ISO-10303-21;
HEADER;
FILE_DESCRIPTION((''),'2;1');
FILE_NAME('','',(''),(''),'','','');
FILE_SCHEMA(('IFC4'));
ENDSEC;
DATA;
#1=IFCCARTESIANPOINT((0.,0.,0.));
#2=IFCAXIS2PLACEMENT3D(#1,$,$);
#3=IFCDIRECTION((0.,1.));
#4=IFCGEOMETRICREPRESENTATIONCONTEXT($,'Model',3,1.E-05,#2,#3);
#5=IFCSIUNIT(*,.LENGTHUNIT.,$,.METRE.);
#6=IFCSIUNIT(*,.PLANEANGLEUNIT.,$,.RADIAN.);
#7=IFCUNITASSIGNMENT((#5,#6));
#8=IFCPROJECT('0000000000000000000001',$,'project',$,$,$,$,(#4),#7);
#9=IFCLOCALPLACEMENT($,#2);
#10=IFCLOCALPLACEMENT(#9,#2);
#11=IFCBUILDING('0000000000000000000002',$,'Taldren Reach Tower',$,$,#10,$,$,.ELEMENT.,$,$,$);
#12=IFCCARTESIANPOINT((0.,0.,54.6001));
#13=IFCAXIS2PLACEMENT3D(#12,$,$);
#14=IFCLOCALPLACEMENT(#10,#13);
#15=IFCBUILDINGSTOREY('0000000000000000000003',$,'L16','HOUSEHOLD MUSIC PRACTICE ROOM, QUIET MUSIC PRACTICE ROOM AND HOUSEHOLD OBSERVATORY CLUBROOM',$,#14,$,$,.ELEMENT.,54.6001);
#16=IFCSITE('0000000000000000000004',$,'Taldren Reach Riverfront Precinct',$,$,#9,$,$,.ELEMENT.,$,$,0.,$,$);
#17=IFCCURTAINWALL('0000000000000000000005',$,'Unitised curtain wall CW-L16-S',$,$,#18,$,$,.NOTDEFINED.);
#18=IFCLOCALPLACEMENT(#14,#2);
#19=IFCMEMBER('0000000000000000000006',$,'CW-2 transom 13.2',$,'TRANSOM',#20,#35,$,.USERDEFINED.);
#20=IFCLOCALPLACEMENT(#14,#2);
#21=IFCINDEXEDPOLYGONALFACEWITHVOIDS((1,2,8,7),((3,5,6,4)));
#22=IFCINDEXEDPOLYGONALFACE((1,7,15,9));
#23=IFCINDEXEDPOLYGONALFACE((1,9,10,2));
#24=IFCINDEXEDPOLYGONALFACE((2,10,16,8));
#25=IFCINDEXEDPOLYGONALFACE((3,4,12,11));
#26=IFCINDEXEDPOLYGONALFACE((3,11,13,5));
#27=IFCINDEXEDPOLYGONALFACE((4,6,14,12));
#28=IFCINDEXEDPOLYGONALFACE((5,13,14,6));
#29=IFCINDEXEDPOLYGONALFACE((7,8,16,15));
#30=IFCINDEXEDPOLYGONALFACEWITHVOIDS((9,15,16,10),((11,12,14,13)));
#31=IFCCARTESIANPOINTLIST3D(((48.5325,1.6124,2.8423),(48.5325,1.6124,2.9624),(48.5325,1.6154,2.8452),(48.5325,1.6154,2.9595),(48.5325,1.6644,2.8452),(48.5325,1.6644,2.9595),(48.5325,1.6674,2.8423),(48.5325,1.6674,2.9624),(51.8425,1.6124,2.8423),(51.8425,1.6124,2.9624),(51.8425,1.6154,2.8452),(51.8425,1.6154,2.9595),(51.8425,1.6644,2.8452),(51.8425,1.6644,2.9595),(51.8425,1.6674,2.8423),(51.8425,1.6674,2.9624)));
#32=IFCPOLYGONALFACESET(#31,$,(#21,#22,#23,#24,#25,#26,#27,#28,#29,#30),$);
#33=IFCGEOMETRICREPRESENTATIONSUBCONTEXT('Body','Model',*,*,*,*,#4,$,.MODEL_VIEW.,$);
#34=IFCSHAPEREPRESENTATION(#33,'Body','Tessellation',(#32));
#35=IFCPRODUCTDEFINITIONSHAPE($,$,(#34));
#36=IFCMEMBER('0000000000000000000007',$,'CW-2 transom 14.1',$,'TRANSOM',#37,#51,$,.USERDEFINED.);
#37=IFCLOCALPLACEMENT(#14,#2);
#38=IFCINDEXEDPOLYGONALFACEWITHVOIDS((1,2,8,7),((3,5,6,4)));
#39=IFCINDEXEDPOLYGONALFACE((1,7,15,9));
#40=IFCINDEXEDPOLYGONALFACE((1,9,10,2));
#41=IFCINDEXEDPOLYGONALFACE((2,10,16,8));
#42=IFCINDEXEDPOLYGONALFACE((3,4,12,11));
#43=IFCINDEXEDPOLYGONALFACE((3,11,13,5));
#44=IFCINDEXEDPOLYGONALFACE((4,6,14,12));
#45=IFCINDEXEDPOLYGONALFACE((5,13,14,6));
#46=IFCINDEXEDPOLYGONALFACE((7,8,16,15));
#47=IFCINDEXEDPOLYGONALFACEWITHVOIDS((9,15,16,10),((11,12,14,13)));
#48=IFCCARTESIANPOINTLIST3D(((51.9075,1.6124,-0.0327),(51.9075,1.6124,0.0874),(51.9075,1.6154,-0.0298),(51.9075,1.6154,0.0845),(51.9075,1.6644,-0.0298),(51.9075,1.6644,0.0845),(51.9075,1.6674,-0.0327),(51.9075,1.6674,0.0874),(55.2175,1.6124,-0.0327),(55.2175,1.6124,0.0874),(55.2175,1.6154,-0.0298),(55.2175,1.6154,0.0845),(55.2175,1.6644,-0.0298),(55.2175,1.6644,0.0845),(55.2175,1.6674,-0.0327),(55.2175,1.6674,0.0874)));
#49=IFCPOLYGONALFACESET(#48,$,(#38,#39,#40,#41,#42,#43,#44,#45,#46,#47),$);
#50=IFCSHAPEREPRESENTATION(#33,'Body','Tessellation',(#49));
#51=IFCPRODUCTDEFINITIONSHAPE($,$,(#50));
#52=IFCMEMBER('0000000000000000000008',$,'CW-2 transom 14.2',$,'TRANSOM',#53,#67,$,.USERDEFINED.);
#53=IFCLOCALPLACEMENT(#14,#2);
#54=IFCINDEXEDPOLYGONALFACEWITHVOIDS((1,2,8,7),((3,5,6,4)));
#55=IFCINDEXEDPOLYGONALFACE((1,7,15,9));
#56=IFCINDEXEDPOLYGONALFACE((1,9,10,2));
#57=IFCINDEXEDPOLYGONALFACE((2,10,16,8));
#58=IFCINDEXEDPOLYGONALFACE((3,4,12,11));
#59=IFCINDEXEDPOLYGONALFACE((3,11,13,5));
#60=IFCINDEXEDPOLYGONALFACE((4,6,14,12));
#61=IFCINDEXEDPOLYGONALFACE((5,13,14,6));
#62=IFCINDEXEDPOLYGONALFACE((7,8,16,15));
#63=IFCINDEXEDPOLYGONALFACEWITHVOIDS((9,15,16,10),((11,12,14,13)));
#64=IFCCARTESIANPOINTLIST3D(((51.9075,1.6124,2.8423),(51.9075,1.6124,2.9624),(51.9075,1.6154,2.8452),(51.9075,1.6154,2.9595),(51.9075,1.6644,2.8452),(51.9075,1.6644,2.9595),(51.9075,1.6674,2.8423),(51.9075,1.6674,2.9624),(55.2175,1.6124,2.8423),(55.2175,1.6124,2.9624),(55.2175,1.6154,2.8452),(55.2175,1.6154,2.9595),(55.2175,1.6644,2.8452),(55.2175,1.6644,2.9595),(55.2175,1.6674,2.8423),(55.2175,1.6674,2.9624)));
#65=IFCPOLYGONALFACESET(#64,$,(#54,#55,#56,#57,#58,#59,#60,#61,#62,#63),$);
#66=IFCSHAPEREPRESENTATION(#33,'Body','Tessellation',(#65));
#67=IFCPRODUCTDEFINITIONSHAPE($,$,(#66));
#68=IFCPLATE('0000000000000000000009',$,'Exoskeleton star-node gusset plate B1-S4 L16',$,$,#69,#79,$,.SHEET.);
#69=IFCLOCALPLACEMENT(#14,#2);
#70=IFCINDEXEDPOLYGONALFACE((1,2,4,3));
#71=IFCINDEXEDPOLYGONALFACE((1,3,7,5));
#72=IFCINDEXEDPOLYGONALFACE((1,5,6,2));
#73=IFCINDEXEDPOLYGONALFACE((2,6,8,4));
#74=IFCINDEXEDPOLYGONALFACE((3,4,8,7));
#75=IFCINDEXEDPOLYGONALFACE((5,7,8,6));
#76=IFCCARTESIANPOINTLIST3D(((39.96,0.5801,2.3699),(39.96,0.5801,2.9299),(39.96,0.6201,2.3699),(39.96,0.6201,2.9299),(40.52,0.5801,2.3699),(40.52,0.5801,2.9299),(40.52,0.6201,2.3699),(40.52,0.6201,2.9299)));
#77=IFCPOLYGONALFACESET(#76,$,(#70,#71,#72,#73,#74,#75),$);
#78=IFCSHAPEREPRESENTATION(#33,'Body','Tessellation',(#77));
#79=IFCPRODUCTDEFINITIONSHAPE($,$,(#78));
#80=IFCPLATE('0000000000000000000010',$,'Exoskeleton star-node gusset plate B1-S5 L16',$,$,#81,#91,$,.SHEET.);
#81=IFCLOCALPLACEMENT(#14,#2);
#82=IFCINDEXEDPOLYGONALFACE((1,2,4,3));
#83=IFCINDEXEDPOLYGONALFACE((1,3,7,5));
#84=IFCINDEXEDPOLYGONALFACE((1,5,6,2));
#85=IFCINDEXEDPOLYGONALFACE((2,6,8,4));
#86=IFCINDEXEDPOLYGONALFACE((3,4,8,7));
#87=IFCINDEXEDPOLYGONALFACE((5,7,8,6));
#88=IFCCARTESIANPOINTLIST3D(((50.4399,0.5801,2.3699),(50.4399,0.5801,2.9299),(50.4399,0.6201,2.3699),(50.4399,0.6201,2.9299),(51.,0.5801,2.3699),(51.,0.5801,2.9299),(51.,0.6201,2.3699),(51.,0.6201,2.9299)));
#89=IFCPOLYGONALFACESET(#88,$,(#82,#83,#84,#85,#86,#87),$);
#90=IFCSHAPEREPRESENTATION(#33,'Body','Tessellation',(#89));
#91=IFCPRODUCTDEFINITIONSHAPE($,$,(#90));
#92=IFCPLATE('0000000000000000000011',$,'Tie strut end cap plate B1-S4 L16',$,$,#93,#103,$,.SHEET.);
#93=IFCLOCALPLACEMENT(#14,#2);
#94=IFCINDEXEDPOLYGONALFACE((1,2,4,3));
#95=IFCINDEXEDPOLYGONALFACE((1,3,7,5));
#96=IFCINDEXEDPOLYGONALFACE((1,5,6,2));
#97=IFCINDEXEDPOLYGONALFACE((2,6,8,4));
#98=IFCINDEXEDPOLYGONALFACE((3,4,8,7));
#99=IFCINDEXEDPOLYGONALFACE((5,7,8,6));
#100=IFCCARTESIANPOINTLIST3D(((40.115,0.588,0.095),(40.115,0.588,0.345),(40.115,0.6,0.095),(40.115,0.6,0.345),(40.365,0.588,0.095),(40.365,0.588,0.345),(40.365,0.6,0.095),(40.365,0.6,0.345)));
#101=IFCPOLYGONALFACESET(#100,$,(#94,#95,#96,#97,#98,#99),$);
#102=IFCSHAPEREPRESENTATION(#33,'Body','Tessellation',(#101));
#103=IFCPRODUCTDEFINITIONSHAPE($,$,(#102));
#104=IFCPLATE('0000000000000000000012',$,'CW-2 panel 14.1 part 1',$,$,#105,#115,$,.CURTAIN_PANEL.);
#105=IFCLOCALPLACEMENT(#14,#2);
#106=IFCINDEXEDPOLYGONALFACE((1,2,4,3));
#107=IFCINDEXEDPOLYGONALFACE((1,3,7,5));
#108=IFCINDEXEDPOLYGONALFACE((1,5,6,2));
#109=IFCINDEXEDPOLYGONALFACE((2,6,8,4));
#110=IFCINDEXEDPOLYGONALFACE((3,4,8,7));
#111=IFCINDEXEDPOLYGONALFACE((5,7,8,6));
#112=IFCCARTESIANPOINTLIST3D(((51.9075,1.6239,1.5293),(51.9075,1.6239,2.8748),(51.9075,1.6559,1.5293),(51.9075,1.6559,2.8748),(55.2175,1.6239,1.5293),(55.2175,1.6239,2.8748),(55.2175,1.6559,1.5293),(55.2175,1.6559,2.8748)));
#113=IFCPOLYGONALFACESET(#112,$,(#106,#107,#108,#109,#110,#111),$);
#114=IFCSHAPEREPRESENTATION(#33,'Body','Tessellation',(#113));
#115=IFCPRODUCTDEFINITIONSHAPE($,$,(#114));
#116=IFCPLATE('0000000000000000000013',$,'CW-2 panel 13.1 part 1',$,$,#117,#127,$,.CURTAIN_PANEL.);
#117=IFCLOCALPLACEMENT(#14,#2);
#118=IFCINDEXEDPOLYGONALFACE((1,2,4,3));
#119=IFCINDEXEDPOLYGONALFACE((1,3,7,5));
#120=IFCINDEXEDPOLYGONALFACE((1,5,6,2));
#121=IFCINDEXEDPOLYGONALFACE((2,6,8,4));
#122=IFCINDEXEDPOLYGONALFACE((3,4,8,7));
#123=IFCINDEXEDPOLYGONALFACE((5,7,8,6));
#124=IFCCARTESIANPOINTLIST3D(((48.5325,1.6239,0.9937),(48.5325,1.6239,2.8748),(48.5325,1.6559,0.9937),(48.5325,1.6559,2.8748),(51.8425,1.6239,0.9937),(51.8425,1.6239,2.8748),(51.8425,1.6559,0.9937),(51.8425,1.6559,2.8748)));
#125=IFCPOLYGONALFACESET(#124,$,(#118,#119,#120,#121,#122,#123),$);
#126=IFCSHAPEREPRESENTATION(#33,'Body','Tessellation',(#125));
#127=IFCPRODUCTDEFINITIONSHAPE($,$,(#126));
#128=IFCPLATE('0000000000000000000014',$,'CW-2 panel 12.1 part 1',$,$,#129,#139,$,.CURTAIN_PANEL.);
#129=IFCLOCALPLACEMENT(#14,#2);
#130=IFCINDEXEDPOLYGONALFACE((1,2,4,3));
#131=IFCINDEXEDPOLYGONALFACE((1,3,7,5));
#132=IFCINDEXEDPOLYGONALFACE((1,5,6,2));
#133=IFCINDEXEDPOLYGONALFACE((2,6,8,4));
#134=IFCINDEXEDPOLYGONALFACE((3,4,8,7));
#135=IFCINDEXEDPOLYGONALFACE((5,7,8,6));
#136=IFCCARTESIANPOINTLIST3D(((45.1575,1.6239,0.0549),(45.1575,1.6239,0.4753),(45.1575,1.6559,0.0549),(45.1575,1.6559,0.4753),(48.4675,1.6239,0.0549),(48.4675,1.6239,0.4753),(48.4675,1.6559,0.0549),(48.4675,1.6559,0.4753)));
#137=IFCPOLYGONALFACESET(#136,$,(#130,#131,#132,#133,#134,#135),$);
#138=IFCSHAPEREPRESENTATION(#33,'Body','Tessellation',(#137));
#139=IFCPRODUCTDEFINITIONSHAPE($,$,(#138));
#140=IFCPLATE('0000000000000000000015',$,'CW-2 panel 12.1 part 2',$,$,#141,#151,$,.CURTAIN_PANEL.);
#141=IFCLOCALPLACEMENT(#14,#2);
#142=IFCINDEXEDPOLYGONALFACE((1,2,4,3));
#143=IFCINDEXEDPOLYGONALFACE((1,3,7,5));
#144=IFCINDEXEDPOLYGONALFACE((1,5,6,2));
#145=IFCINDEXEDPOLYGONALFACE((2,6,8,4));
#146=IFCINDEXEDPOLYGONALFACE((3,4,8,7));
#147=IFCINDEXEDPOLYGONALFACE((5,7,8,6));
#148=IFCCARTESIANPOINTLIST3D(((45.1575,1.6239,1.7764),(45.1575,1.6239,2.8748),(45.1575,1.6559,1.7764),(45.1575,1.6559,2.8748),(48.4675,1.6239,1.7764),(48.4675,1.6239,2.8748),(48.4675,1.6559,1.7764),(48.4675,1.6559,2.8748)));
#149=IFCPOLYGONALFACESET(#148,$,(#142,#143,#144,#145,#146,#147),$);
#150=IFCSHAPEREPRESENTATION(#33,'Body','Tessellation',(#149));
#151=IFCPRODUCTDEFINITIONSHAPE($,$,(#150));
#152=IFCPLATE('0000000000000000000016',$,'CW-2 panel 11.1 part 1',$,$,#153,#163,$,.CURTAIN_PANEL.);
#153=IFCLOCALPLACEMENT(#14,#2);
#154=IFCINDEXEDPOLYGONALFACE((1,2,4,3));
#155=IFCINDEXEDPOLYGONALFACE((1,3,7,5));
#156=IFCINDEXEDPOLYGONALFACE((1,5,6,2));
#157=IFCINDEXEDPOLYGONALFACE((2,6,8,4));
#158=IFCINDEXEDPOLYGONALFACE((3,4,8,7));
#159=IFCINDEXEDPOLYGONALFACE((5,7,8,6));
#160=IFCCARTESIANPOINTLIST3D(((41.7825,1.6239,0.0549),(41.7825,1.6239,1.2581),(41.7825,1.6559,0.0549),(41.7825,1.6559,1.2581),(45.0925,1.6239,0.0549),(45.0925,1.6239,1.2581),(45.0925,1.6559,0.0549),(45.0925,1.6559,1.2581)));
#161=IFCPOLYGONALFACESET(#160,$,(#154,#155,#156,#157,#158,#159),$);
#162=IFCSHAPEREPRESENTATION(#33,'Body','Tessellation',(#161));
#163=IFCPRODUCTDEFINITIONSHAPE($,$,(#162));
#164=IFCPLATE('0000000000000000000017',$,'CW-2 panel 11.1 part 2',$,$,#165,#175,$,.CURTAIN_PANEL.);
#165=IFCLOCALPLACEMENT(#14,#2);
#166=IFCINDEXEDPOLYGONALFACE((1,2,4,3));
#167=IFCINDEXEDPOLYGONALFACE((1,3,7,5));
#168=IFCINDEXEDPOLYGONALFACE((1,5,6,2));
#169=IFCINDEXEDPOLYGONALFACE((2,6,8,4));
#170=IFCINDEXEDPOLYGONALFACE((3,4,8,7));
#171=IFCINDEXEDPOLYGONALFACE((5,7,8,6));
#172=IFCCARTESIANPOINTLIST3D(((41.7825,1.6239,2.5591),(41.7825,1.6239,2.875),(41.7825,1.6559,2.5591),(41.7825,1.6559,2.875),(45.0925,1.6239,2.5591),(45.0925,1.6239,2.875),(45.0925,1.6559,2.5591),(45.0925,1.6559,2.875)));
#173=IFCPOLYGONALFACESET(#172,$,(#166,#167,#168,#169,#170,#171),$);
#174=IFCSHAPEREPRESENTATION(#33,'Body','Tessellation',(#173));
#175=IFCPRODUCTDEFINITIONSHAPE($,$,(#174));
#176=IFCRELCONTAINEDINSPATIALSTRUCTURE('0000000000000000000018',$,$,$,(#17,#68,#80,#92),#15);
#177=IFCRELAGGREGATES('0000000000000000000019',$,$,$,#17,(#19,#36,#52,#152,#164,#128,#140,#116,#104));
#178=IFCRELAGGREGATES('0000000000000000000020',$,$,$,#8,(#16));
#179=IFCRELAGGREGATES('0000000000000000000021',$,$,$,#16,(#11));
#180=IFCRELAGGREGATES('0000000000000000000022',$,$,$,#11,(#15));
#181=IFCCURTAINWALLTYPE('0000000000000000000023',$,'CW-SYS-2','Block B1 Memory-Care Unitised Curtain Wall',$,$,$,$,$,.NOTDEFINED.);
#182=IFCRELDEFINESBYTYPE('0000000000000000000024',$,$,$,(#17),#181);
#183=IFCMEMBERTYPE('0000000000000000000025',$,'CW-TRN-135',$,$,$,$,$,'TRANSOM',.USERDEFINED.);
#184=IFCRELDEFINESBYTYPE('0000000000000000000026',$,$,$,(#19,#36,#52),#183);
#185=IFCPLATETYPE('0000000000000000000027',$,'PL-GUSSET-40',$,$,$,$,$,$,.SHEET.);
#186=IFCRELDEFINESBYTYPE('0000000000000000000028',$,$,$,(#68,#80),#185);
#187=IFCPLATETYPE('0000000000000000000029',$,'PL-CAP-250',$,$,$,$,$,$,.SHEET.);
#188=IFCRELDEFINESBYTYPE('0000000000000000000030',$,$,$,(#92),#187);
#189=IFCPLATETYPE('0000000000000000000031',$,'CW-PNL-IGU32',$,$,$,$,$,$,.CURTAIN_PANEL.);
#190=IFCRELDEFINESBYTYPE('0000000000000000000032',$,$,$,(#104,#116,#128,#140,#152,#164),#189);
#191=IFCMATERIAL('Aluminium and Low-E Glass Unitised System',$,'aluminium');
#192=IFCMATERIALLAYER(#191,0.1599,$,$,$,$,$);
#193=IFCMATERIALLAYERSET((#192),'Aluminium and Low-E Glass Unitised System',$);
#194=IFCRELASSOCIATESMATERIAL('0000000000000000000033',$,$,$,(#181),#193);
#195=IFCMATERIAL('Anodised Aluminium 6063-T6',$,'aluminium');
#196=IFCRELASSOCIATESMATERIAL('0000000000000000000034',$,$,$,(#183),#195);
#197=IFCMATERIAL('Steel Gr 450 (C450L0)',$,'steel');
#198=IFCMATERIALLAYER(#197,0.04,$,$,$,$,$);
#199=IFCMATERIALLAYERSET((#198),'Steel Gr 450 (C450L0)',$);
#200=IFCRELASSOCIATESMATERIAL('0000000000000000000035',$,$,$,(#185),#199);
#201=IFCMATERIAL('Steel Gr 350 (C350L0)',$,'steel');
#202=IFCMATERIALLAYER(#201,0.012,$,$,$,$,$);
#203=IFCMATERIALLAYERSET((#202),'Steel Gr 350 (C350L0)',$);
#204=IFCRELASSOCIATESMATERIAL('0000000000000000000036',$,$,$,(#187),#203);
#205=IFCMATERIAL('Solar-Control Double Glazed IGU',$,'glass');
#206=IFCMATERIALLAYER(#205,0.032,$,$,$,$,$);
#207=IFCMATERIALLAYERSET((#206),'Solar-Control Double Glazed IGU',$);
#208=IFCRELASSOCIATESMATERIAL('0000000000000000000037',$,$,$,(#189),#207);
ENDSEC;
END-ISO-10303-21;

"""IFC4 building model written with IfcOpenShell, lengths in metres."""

from ifc_helpers import new_model, si_unit, direction, frame, origin, origin_2d, place, context, subcontext, project, spatial, rectangle, hollow_rectangle, extrude, source, transform, mapped, material, layer, layer_set, material_profile, profile_set, type_object, element, aggregate, save


model = new_model("IFC4")

# Units and contexts
model_context = context("Model", 3, precision=1e-05, world=origin(), true_north=direction((0.0, 1.0)))
body_context = subcontext(model_context, "Body", "Model", "MODEL_VIEW")
ifc_project = project(units=[si_unit("LENGTHUNIT", "METRE"), si_unit("PLANEANGLEUNIT", "RADIAN")], contexts=[model_context])

# Site, building, storey
site_placement = place(None, origin())
site = spatial("IfcSite", under=ifc_project, at=site_placement, Name="Taldren Reach Riverfront Precinct", CompositionType="ELEMENT", RefElevation=0.0)
building_placement = place(site_placement, origin())
building = spatial("IfcBuilding", under=site, at=building_placement, Name="Taldren Reach Tower", CompositionType="ELEMENT")
storey_placement = place(building_placement, frame((0.0, 0.0, 54.6001)))
storey = spatial("IfcBuildingStorey", under=building, at=storey_placement, Name="L16", Description="HOUSEHOLD MUSIC PRACTICE ROOM, QUIET MUSIC PRACTICE ROOM AND HOUSEHOLD OBSERVATORY CLUBROOM", CompositionType="ELEMENT", Elevation=54.6001)

# Shared definitions
ifc_material_1 = material(Name="Steel Gr 450 (C450L0)", Category="steel")
ifc_material_2 = material(Name="Steel Gr 350 (C350L0)", Category="steel")

# Curtain wall, members
ifc_material_3 = material(Name="Aluminium and Low-E Glass Unitised System", Category="aluminium")
ifc_layer_1 = layer(ifc_material_3, 0.1599)
ifc_layer_set_1 = layer_set([ifc_layer_1], Name="Aluminium and Low-E Glass Unitised System")
curtain_wall_type = type_object("IfcCurtainWallType", Name="CW-SYS-2", Description="Block B1 Memory-Care Unitised Curtain Wall", PredefinedType="NOTDEFINED", material=ifc_layer_set_1)
curtain_wall_placement = place(storey_placement, origin())
curtain_wall = element("IfcCurtainWall", 1, at=curtain_wall_placement, inside=storey, type_object=curtain_wall_type, Name="Unitised curtain wall CW-L16-S", PredefinedType="NOTDEFINED")
ifc_material_4 = material(Name="Anodised Aluminium 6063-T6", Category="aluminium")
ifc_material_profile_1 = material_profile(ifc_material_4, hollow_rectangle(XDim=0.0549, YDim=0.1201, WallThickness=0.0029, at=origin_2d()), Name="ALU-120x55x3RHS")
ifc_profile_set_1 = profile_set([ifc_material_profile_1], Name="Anodised Aluminium 6063-T6")
member_type_1 = type_object("IfcMemberType", Name="CW-TRN-135", ElementType="TRANSOM", PredefinedType="USERDEFINED", material=ifc_profile_set_1)
shared_shape_1 = source(origin(), body_context, "Body", "SweptSolid", [
    extrude(hollow_rectangle(XDim=0.0549, YDim=0.1201, WallThickness=0.0029, at=origin_2d()), origin(), (0.0, 0.0, 1.0), 3.3101),
])
member_1_placement = place(storey_placement, frame((48.5325, 1.6399, 2.9023), z_axis=(1.0, 0.0, 0.0), x_axis=(0.0, 1.0, 0.0)))
member_1 = element("IfcMember", 2, at=member_1_placement, type_object=member_type_1, Name="CW-2 transom 13.2", ObjectType="TRANSOM", PredefinedType="USERDEFINED", context=body_context, shape_type="MappedRepresentation", body=[
    mapped(shared_shape_1, transform((0.0, 0.0, 0.0), scale=1.0)),
])
member_2_placement = place(storey_placement, frame((51.9075, 1.6399, 0.0273), z_axis=(1.0, 0.0, 0.0), x_axis=(0.0, 1.0, 0.0)))
member_2 = element("IfcMember", 3, at=member_2_placement, type_object=member_type_1, Name="CW-2 transom 14.1", ObjectType="TRANSOM", PredefinedType="USERDEFINED", context=body_context, shape_type="MappedRepresentation", body=[
    mapped(shared_shape_1, transform((0.0, 0.0, 0.0), scale=1.0)),
])
member_3_placement = place(storey_placement, frame((51.9075, 1.6399, 2.9023), z_axis=(1.0, 0.0, 0.0), x_axis=(0.0, 1.0, 0.0)))
member_3 = element("IfcMember", 4, at=member_3_placement, type_object=member_type_1, Name="CW-2 transom 14.2", ObjectType="TRANSOM", PredefinedType="USERDEFINED", context=body_context, shape_type="MappedRepresentation", body=[
    mapped(shared_shape_1, transform((0.0, 0.0, 0.0), scale=1.0)),
])

# Plates
ifc_layer_2 = layer(ifc_material_1, 0.04)
ifc_layer_set_2 = layer_set([ifc_layer_2], Name="Steel Gr 450 (C450L0)")
plate_type_1 = type_object("IfcPlateType", Name="PL-GUSSET-40", PredefinedType="SHEET", material=ifc_layer_set_2)
shared_shape_2 = source(origin(), body_context, "Body", "SweptSolid", [
    extrude(rectangle(XDim=0.5601, YDim=0.04, at=origin_2d()), origin(), (0.0, 0.0, 1.0), 0.5601),
])
for number, where, z_axis, x_axis, name in (
    (5, (40.24, 0.6001, 2.3699), (0.0, 0.0, 1.0), (1.0, 0.0, 0.0), "Exoskeleton star-node gusset plate B1-S4 L16"),
    (6, (50.72, 0.6001, 2.3699), (0.0, 0.0, 1.0), (1.0, 0.0, 0.0), "Exoskeleton star-node gusset plate B1-S5 L16"),
):
    element("IfcPlate", number, at=place(storey_placement, frame(where, z_axis=z_axis, x_axis=x_axis)), inside=storey, type_object=plate_type_1, Name=name, PredefinedType="SHEET", context=body_context, shape_type="MappedRepresentation", body=[
        mapped(shared_shape_2, transform((0.0, 0.0, 0.0), scale=1.0)),
    ])
ifc_layer_3 = layer(ifc_material_2, 0.012)
ifc_layer_set_3 = layer_set([ifc_layer_3], Name="Steel Gr 350 (C350L0)")
plate_type_2 = type_object("IfcPlateType", Name="PL-CAP-250", PredefinedType="SHEET", material=ifc_layer_set_3)
shared_shape_3 = source(origin(), body_context, "Body", "SweptSolid", [
    extrude(rectangle(XDim=0.25, YDim=0.012, at=origin_2d()), origin(), (0.0, 0.0, 1.0), 0.25),
])
plate_1_placement = place(storey_placement, frame((40.24, 0.594, 0.095), z_axis=(0.0, 0.0, 1.0), x_axis=(1.0, 0.0, 0.0)))
element("IfcPlate", 7, at=plate_1_placement, inside=storey, type_object=plate_type_2, Name="Tie strut end cap plate B1-S4 L16", PredefinedType="SHEET", context=body_context, shape_type="MappedRepresentation", body=[
    mapped(shared_shape_3, transform((0.0, 0.0, 0.0), scale=1.0)),
])

# Plates
ifc_material_5 = material(Name="Solar-Control Double Glazed IGU", Category="glass")
ifc_layer_4 = layer(ifc_material_5, 0.032)
ifc_layer_set_4 = layer_set([ifc_layer_4], Name="Solar-Control Double Glazed IGU")
plate_type_3 = type_object("IfcPlateType", Name="CW-PNL-IGU32", PredefinedType="CURTAIN_PANEL", material=ifc_layer_set_4)
shared_shape_4 = source(origin(), body_context, "Body", "SweptSolid", [
    extrude(rectangle(XDim=3.3101, YDim=0.032, at=origin_2d()), origin(), (0.0, 0.0, 1.0), 1.3455),
])
plate_2_placement = place(storey_placement, frame((53.5625, 1.6399, 1.5293), z_axis=(0.0, 0.0, 1.0), x_axis=(1.0, 0.0, 0.0)))
plate_2 = element("IfcPlate", 8, at=plate_2_placement, type_object=plate_type_3, Name="CW-2 panel 14.1 part 1", PredefinedType="CURTAIN_PANEL", context=body_context, shape_type="MappedRepresentation", body=[
    mapped(shared_shape_4, transform((0.0, 0.0, 0.0), scale=1.0)),
])
shared_shape_5 = source(origin(), body_context, "Body", "SweptSolid", [
    extrude(rectangle(XDim=3.3101, YDim=0.032, at=origin_2d()), origin(), (0.0, 0.0, 1.0), 1.8811),
])
plate_3_placement = place(storey_placement, frame((50.1875, 1.6399, 0.9937), z_axis=(0.0, 0.0, 1.0), x_axis=(1.0, 0.0, 0.0)))
plate_3 = element("IfcPlate", 9, at=plate_3_placement, type_object=plate_type_3, Name="CW-2 panel 13.1 part 1", PredefinedType="CURTAIN_PANEL", context=body_context, shape_type="MappedRepresentation", body=[
    mapped(shared_shape_5, transform((0.0, 0.0, 0.0), scale=1.0)),
])
shared_shape_6 = source(origin(), body_context, "Body", "SweptSolid", [
    extrude(rectangle(XDim=3.3101, YDim=0.032, at=origin_2d()), origin(), (0.0, 0.0, 1.0), 0.4204),
])
plate_4_placement = place(storey_placement, frame((46.8125, 1.6399, 0.0549), z_axis=(0.0, 0.0, 1.0), x_axis=(1.0, 0.0, 0.0)))
plate_4 = element("IfcPlate", 10, at=plate_4_placement, type_object=plate_type_3, Name="CW-2 panel 12.1 part 1", PredefinedType="CURTAIN_PANEL", context=body_context, shape_type="MappedRepresentation", body=[
    mapped(shared_shape_6, transform((0.0, 0.0, 0.0), scale=1.0)),
])
shared_shape_7 = source(origin(), body_context, "Body", "SweptSolid", [
    extrude(rectangle(XDim=3.3101, YDim=0.032, at=origin_2d()), origin(), (0.0, 0.0, 1.0), 1.0984),
])
plate_5_placement = place(storey_placement, frame((46.8125, 1.6399, 1.7764), z_axis=(0.0, 0.0, 1.0), x_axis=(1.0, 0.0, 0.0)))
plate_5 = element("IfcPlate", 11, at=plate_5_placement, type_object=plate_type_3, Name="CW-2 panel 12.1 part 2", PredefinedType="CURTAIN_PANEL", context=body_context, shape_type="MappedRepresentation", body=[
    mapped(shared_shape_7, transform((0.0, 0.0, 0.0), scale=1.0)),
])
shared_shape_8 = source(origin(), body_context, "Body", "SweptSolid", [
    extrude(rectangle(XDim=3.3101, YDim=0.032, at=origin_2d()), origin(), (0.0, 0.0, 1.0), 1.2031),
])
plate_6_placement = place(storey_placement, frame((43.4375, 1.6399, 0.0549), z_axis=(0.0, 0.0, 1.0), x_axis=(1.0, 0.0, 0.0)))
plate_6 = element("IfcPlate", 12, at=plate_6_placement, type_object=plate_type_3, Name="CW-2 panel 11.1 part 1", PredefinedType="CURTAIN_PANEL", context=body_context, shape_type="MappedRepresentation", body=[
    mapped(shared_shape_8, transform((0.0, 0.0, 0.0), scale=1.0)),
])
shared_shape_9 = source(origin(), body_context, "Body", "SweptSolid", [
    extrude(rectangle(XDim=3.3101, YDim=0.032, at=origin_2d()), origin(), (0.0, 0.0, 1.0), 0.3159),
])
plate_7_placement = place(storey_placement, frame((43.4375, 1.6399, 2.5591), z_axis=(0.0, 0.0, 1.0), x_axis=(1.0, 0.0, 0.0)))
plate_7 = element("IfcPlate", 13, at=plate_7_placement, type_object=plate_type_3, Name="CW-2 panel 11.1 part 2", PredefinedType="CURTAIN_PANEL", context=body_context, shape_type="MappedRepresentation", body=[
    mapped(shared_shape_9, transform((0.0, 0.0, 0.0), scale=1.0)),
])
aggregate(curtain_wall, [member_1, member_2, member_3, plate_6, plate_7, plate_4, plate_5, plate_3, plate_2])

save(model, "model.ifc")
